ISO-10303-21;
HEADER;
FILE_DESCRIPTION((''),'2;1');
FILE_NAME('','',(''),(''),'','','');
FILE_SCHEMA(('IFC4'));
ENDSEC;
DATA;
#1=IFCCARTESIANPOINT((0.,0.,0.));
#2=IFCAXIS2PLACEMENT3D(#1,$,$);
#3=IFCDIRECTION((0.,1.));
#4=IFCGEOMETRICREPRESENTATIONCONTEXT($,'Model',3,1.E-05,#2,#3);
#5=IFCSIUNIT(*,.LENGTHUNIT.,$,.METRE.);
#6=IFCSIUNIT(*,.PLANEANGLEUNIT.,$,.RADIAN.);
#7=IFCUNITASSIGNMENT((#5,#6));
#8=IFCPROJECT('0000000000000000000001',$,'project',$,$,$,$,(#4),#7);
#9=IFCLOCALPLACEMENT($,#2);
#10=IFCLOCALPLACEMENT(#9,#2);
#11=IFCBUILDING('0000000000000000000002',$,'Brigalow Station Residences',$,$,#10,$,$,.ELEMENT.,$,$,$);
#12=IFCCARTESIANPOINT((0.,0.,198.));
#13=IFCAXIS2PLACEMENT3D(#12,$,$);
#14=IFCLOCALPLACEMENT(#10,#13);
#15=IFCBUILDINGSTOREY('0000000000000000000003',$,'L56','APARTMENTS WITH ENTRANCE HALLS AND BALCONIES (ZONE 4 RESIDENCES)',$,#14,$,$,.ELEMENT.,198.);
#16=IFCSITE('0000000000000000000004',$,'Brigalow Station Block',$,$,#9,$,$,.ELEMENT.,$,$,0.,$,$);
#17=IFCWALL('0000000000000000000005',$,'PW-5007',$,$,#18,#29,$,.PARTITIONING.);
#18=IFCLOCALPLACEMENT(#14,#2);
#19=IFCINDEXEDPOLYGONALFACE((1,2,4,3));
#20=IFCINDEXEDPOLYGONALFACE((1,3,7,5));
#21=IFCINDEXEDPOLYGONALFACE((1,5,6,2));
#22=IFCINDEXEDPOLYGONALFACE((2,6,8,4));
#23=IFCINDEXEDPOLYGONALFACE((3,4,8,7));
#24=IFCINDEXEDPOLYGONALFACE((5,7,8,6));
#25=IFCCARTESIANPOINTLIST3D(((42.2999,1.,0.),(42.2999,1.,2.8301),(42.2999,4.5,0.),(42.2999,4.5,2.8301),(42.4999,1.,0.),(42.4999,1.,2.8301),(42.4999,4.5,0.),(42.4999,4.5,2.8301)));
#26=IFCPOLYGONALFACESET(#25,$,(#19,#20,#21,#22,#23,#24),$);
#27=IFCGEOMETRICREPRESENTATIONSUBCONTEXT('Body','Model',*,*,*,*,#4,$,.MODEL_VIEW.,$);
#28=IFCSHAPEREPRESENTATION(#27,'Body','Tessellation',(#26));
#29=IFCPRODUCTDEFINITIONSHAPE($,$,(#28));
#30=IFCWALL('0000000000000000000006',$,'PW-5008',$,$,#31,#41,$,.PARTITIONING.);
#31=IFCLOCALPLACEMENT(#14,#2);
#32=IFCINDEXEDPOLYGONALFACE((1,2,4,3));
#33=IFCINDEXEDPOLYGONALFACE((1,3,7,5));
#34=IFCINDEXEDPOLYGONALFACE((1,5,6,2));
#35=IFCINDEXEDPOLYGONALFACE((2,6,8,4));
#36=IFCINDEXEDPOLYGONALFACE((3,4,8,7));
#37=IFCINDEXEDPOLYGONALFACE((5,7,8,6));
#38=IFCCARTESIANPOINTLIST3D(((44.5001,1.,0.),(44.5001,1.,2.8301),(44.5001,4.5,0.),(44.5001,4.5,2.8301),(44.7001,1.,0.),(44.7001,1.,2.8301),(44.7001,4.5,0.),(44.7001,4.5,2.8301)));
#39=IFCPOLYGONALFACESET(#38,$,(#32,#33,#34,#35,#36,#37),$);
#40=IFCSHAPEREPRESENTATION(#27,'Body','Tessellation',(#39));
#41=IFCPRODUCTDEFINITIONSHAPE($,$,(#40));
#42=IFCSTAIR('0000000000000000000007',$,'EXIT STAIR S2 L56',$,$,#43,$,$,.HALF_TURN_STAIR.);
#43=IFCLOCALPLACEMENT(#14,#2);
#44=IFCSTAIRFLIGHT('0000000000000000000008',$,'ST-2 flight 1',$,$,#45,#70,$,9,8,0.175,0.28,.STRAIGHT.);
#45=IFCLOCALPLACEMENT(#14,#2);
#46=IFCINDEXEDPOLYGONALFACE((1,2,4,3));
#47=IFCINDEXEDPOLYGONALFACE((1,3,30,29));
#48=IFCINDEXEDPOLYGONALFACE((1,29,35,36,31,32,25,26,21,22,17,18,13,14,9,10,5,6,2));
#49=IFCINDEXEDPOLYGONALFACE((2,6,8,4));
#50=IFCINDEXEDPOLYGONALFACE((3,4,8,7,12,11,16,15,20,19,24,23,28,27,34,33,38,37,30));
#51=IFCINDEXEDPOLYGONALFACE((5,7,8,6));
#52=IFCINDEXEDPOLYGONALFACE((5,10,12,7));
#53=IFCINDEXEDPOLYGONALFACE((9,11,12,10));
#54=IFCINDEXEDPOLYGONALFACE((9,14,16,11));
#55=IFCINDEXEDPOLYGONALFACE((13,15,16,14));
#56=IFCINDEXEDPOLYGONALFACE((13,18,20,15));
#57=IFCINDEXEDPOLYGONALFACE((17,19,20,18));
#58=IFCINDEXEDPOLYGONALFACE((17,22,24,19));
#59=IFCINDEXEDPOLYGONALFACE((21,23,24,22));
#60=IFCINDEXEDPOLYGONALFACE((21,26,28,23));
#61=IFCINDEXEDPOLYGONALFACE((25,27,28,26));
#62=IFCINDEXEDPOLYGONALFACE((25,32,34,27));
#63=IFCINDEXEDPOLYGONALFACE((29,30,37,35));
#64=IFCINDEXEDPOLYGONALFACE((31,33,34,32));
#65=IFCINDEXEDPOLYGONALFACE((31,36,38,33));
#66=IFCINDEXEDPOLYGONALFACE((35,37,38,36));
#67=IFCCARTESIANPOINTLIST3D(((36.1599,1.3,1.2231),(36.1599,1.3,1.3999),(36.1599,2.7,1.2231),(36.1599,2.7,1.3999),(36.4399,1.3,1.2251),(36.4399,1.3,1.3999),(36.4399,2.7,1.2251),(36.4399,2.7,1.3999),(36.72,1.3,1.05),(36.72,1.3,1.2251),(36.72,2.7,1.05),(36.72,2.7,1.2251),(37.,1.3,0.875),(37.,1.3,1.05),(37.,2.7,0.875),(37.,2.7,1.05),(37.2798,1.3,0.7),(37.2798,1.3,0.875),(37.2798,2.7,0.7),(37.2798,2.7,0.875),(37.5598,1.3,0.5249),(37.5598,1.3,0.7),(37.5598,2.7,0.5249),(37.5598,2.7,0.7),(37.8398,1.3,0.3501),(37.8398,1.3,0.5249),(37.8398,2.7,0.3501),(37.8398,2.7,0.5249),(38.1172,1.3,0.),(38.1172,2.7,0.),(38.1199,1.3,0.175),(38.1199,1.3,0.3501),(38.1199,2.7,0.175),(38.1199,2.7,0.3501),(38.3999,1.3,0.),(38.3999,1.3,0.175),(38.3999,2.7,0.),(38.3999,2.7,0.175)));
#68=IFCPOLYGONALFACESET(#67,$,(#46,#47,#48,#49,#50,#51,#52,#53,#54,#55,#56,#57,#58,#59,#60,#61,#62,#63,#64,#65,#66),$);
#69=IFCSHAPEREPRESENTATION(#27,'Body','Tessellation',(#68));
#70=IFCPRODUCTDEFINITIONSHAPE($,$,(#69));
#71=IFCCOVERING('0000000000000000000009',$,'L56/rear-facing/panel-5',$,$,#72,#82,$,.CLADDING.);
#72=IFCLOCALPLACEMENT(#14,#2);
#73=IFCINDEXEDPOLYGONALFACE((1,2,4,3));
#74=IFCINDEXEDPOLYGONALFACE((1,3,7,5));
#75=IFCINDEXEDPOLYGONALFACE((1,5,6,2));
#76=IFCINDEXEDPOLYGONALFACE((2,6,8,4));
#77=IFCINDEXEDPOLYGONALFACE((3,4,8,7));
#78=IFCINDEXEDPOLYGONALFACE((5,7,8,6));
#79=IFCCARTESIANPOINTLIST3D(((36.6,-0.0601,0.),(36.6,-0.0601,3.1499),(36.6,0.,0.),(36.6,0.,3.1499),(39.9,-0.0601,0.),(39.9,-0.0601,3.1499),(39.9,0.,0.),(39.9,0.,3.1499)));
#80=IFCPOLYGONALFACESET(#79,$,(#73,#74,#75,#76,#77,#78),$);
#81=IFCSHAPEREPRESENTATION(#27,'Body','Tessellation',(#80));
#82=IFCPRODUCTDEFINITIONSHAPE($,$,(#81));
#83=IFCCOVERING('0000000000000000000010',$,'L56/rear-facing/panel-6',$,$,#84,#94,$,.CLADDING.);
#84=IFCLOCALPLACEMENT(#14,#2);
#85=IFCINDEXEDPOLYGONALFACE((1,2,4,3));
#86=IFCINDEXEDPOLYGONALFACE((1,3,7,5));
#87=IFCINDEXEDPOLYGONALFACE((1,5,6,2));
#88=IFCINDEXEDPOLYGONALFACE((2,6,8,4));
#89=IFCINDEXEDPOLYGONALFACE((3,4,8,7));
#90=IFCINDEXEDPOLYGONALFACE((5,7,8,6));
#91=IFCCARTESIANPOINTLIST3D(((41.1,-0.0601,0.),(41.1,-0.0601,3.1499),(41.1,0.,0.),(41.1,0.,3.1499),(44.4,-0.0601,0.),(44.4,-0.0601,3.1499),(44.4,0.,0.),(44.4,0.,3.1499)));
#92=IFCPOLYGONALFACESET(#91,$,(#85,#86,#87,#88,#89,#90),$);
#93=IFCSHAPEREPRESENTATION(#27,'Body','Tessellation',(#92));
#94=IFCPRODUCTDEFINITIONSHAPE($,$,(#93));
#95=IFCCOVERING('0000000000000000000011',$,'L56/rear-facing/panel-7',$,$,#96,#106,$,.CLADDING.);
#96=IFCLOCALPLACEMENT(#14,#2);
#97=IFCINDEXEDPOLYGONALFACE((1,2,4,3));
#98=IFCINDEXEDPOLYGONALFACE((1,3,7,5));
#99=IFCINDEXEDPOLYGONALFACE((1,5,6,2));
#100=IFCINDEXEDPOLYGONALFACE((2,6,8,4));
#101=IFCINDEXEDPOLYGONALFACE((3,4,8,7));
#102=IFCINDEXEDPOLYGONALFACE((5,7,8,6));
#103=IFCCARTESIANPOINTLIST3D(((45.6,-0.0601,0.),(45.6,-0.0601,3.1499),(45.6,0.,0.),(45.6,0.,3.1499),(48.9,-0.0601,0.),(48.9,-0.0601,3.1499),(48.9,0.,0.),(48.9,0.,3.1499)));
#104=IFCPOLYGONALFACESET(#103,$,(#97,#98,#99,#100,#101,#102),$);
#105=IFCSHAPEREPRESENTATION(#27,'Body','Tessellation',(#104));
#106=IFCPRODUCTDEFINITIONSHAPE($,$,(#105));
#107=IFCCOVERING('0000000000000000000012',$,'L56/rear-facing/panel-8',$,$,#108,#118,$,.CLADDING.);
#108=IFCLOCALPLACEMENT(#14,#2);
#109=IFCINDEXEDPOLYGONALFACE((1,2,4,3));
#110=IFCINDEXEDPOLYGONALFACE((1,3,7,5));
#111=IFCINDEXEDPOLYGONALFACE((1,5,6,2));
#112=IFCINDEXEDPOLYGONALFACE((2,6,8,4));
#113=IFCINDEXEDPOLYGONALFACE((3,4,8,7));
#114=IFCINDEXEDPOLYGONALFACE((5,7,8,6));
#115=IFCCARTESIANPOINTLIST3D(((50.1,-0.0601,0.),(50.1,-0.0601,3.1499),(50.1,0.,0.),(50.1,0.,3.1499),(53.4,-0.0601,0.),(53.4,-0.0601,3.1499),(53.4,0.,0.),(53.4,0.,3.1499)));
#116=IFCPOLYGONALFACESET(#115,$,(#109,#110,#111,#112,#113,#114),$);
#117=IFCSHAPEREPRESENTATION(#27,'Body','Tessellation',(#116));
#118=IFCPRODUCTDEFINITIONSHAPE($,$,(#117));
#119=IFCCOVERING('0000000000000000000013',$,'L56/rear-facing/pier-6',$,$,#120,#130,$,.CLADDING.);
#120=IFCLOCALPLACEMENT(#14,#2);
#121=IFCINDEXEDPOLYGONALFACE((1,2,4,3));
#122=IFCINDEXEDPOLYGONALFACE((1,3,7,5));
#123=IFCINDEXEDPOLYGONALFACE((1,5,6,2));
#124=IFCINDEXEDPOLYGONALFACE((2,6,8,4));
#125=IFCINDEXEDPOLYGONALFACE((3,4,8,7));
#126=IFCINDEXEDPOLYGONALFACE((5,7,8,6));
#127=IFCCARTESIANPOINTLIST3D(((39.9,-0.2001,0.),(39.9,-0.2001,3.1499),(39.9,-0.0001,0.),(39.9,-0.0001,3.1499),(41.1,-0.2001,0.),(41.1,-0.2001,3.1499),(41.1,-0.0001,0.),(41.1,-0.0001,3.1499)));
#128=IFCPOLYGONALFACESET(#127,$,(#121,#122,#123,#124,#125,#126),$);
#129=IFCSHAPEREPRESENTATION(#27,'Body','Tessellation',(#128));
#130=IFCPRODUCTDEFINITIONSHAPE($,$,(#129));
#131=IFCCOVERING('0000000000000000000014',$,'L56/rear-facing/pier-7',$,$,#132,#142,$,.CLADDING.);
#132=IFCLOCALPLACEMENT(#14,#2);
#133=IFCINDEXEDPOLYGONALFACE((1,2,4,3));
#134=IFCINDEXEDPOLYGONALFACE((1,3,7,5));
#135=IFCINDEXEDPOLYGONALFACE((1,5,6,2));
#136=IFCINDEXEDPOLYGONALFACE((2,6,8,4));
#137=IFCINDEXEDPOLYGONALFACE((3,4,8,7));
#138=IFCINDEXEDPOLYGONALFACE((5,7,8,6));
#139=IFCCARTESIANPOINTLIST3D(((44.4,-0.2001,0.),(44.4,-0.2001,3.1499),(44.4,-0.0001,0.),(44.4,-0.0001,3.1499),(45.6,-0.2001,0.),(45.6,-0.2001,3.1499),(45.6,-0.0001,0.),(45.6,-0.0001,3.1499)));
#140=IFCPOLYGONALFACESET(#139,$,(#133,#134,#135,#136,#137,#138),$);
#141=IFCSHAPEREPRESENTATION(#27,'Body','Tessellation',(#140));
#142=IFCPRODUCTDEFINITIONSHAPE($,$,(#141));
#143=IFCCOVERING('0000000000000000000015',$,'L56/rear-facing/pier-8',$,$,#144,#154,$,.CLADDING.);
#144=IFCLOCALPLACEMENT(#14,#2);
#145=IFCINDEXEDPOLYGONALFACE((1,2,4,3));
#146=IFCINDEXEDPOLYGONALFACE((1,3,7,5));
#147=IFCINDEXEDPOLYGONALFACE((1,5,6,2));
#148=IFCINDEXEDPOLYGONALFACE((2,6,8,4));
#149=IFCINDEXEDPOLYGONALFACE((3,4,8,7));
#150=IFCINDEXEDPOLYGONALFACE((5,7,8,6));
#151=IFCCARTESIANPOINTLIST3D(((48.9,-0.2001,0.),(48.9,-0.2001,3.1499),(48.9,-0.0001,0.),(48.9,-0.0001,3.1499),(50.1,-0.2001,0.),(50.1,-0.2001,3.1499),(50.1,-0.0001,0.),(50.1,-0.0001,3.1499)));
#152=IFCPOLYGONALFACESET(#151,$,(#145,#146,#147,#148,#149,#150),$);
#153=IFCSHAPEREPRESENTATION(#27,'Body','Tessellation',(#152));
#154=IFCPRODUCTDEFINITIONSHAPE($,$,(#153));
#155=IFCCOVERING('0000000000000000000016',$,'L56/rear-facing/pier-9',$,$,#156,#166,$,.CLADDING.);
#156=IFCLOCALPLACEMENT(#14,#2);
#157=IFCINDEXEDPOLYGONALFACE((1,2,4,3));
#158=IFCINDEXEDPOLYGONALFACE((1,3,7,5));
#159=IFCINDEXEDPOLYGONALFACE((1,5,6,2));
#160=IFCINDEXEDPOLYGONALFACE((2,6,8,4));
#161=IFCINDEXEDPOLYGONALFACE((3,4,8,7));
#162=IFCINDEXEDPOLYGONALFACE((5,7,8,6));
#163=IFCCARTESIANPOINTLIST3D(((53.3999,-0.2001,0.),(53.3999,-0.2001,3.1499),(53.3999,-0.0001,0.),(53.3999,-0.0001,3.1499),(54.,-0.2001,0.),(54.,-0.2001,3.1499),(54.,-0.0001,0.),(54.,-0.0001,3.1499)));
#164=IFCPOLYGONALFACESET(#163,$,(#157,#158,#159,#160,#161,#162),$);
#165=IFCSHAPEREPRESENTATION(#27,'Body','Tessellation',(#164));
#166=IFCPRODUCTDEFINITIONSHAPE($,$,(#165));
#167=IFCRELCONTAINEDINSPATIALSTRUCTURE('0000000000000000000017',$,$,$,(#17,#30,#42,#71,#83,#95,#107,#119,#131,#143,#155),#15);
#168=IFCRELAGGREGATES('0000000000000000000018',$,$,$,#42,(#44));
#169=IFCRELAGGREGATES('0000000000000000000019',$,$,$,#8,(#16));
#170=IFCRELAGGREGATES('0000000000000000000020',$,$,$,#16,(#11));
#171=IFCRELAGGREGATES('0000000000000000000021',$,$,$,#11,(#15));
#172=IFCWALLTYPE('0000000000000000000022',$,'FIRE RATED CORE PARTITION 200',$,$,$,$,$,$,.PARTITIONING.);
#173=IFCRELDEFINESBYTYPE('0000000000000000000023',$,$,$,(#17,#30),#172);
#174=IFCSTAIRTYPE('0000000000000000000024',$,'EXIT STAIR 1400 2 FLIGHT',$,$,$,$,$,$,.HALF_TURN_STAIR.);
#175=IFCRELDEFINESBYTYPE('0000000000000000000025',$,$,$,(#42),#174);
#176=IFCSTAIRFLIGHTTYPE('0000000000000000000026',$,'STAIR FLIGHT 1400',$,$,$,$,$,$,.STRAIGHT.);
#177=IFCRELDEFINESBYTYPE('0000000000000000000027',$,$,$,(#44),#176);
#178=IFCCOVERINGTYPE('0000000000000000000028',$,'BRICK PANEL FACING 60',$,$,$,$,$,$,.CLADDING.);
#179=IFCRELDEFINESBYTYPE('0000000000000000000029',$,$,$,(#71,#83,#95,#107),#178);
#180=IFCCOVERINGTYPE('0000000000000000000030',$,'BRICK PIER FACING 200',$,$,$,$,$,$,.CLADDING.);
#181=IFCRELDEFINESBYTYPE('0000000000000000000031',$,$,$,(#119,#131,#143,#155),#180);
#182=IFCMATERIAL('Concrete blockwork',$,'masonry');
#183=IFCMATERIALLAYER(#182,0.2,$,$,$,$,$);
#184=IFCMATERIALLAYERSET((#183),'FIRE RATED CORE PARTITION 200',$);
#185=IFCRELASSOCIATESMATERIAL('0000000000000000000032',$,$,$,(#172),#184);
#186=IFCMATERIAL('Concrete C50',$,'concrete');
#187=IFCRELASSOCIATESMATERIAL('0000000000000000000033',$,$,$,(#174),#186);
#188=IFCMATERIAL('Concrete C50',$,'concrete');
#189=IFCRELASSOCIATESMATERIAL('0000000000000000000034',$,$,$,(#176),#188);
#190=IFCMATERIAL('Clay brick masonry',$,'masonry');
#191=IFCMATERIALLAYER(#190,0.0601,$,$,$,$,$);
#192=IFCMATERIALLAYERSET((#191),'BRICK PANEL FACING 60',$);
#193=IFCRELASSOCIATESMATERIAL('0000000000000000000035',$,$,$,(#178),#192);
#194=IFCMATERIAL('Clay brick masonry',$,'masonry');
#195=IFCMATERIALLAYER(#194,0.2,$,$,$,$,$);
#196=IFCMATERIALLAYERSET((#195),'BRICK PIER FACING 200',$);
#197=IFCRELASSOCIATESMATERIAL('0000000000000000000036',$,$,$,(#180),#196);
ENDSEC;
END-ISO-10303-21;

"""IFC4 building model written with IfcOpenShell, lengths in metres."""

from ifc_helpers import new_model, si_unit, direction, frame, frame_2d, origin, origin_2d, place, context, subcontext, project, spatial, polyline, rectangle, outline, extrude, material, layer, layer_set, type_object, element, aggregate, save


model = new_model("IFC4")

# Units and contexts
model_context = context("Model", 3, precision=1e-05, world=origin(), true_north=direction((0.0, 1.0)))
body_context = subcontext(model_context, "Body", "Model", "MODEL_VIEW")
ifc_project = project(units=[si_unit("LENGTHUNIT", "METRE"), si_unit("PLANEANGLEUNIT", "RADIAN")], contexts=[model_context])

# Site, building, storey
site_placement = place(None, origin())
site = spatial("IfcSite", under=ifc_project, at=site_placement, Name="Brigalow Station Block", CompositionType="ELEMENT", RefElevation=0.0)
building_placement = place(site_placement, origin())
building = spatial("IfcBuilding", under=site, at=building_placement, Name="Brigalow Station Residences", CompositionType="ELEMENT")
storey_placement = place(building_placement, frame((0.0, 0.0, 198.0)))
storey = spatial("IfcBuildingStorey", under=building, at=storey_placement, Name="L56", Description="APARTMENTS WITH ENTRANCE HALLS AND BALCONIES (ZONE 4 RESIDENCES)", CompositionType="ELEMENT", Elevation=198.0)

# Walls
ifc_material_1 = material(Name="Concrete blockwork", Category="masonry")
ifc_layer_1 = layer(ifc_material_1, 0.2)
ifc_layer_set_1 = layer_set([ifc_layer_1], Name="FIRE RATED CORE PARTITION 200")
wall_type_1 = type_object("IfcWallType", Name="FIRE RATED CORE PARTITION 200", PredefinedType="PARTITIONING", material=ifc_layer_set_1)
for number, where, z_axis, x_axis, name in (
    (1, (42.3999, 1.0, 0.0), (0.0, 0.0, 1.0), (0.0, 1.0, 0.0), "PW-5007"),
    (2, (44.6001, 1.0, 0.0), (0.0, 0.0, 1.0), (0.0, 1.0, 0.0), "PW-5008"),
):
    element("IfcWall", number, at=place(storey_placement, frame(where, z_axis=z_axis, x_axis=x_axis)), inside=storey, type_object=wall_type_1, Name=name, PredefinedType="PARTITIONING", context=body_context, shape_type="SweptSolid", body=[
        extrude(rectangle(XDim=3.5, YDim=0.2, at=frame_2d((1.75, 0.0))), origin(), (0.0, 0.0, 1.0), 2.8301),
    ])

# Stair, stair flight
ifc_material_2 = material(Name="Concrete C50", Category="concrete")
stair_type = type_object("IfcStairType", Name="EXIT STAIR 1400 2 FLIGHT", PredefinedType="HALF_TURN_STAIR", material=ifc_material_2)
stair_placement = place(storey_placement, origin())
stair = element("IfcStair", 3, at=stair_placement, inside=storey, type_object=stair_type, Name="EXIT STAIR S2 L56", PredefinedType="HALF_TURN_STAIR")
ifc_material_3 = material(Name="Concrete C50", Category="concrete")
stair_flight_type = type_object("IfcStairFlightType", Name="STAIR FLIGHT 1400", PredefinedType="STRAIGHT", material=ifc_material_3)
stair_flight_placement = place(storey_placement, frame((38.3999, 2.0, 0.0), z_axis=(0.0, 0.0, 1.0), x_axis=(-1.0, 0.0, 0.0)))
stair_flight = element("IfcStairFlight", 4, at=stair_flight_placement, type_object=stair_flight_type, Name="ST-2 flight 1", NumberOfRisers=9, NumberOfTreads=8, PredefinedType="STRAIGHT", RiserHeight=0.175, TreadLength=0.28, context=body_context, shape_type="SweptSolid", body=[
    extrude(outline(polyline([(0.0, 0.0), (0.0, 0.175), (0.28, 0.175), (0.28, 0.3501), (0.5601, 0.3501), (0.5601, 0.5249), (0.8401, 0.5249), (0.8401, 0.7), (1.1201, 0.7), (1.1201, 0.875), (1.3999, 0.875), (1.3999, 1.05), (1.6799, 1.05), (1.6799, 1.2251), (1.96, 1.2251), (1.96, 1.3999), (2.24, 1.3999), (2.24, 1.575), (2.24, 1.2231), (0.2827, 0.0), (0.0, 0.0)])), frame((0.0, 0.7, 0.0), z_axis=(0.0, -1.0, 0.0), x_axis=(1.0, 0.0, 0.0)), (0.0, 0.0, 1.0), 1.3999),
])
aggregate(stair, [stair_flight])

# Coverings
ifc_material_4 = material(Name="Clay brick masonry", Category="masonry")
ifc_layer_2 = layer(ifc_material_4, 0.0601)
ifc_layer_set_2 = layer_set([ifc_layer_2], Name="BRICK PANEL FACING 60")
covering_type_1 = type_object("IfcCoveringType", Name="BRICK PANEL FACING 60", PredefinedType="CLADDING", material=ifc_layer_set_2)
for number, where, z_axis, x_axis, name in (
    (5, (38.25, -0.03, 0.0), (0.0, 0.0, 1.0), (1.0, 0.0, 0.0), "L56/rear-facing/panel-5"),
    (6, (42.75, -0.03, 0.0), (0.0, 0.0, 1.0), (1.0, 0.0, 0.0), "L56/rear-facing/panel-6"),
    (7, (47.25, -0.03, 0.0), (0.0, 0.0, 1.0), (1.0, 0.0, 0.0), "L56/rear-facing/panel-7"),
    (8, (51.75, -0.03, 0.0), (0.0, 0.0, 1.0), (1.0, 0.0, 0.0), "L56/rear-facing/panel-8"),
):
    element("IfcCovering", number, at=place(storey_placement, frame(where, z_axis=z_axis, x_axis=x_axis)), inside=storey, type_object=covering_type_1, Name=name, PredefinedType="CLADDING", context=body_context, shape_type="SweptSolid", body=[
        extrude(rectangle(XDim=3.3, YDim=0.0601, at=origin_2d()), origin(), (0.0, 0.0, 1.0), 3.1499),
    ])
ifc_material_5 = material(Name="Clay brick masonry", Category="masonry")
ifc_layer_3 = layer(ifc_material_5, 0.2)
ifc_layer_set_3 = layer_set([ifc_layer_3], Name="BRICK PIER FACING 200")
covering_type_2 = type_object("IfcCoveringType", Name="BRICK PIER FACING 200", PredefinedType="CLADDING", material=ifc_layer_set_3)
for number, where, z_axis, x_axis, name in (
    (9, (40.5, -0.1001, 0.0), (0.0, 0.0, 1.0), (1.0, 0.0, 0.0), "L56/rear-facing/pier-6"),
    (10, (45.0, -0.1001, 0.0), (0.0, 0.0, 1.0), (1.0, 0.0, 0.0), "L56/rear-facing/pier-7"),
    (11, (49.5, -0.1001, 0.0), (0.0, 0.0, 1.0), (1.0, 0.0, 0.0), "L56/rear-facing/pier-8"),
):
    element("IfcCovering", number, at=place(storey_placement, frame(where, z_axis=z_axis, x_axis=x_axis)), inside=storey, type_object=covering_type_2, Name=name, PredefinedType="CLADDING", context=body_context, shape_type="SweptSolid", body=[
        extrude(rectangle(XDim=1.2, YDim=0.2, at=origin_2d()), origin(), (0.0, 0.0, 1.0), 3.1499),
    ])
covering_placement = place(storey_placement, frame((53.7, -0.1001, 0.0), z_axis=(0.0, 0.0, 1.0), x_axis=(1.0, 0.0, 0.0)))
element("IfcCovering", 12, at=covering_placement, inside=storey, type_object=covering_type_2, Name="L56/rear-facing/pier-9", PredefinedType="CLADDING", context=body_context, shape_type="SweptSolid", body=[
    extrude(rectangle(XDim=0.6001, YDim=0.2, at=origin_2d()), origin(), (0.0, 0.0, 1.0), 3.1499),
])

save(model, "model.ifc")
